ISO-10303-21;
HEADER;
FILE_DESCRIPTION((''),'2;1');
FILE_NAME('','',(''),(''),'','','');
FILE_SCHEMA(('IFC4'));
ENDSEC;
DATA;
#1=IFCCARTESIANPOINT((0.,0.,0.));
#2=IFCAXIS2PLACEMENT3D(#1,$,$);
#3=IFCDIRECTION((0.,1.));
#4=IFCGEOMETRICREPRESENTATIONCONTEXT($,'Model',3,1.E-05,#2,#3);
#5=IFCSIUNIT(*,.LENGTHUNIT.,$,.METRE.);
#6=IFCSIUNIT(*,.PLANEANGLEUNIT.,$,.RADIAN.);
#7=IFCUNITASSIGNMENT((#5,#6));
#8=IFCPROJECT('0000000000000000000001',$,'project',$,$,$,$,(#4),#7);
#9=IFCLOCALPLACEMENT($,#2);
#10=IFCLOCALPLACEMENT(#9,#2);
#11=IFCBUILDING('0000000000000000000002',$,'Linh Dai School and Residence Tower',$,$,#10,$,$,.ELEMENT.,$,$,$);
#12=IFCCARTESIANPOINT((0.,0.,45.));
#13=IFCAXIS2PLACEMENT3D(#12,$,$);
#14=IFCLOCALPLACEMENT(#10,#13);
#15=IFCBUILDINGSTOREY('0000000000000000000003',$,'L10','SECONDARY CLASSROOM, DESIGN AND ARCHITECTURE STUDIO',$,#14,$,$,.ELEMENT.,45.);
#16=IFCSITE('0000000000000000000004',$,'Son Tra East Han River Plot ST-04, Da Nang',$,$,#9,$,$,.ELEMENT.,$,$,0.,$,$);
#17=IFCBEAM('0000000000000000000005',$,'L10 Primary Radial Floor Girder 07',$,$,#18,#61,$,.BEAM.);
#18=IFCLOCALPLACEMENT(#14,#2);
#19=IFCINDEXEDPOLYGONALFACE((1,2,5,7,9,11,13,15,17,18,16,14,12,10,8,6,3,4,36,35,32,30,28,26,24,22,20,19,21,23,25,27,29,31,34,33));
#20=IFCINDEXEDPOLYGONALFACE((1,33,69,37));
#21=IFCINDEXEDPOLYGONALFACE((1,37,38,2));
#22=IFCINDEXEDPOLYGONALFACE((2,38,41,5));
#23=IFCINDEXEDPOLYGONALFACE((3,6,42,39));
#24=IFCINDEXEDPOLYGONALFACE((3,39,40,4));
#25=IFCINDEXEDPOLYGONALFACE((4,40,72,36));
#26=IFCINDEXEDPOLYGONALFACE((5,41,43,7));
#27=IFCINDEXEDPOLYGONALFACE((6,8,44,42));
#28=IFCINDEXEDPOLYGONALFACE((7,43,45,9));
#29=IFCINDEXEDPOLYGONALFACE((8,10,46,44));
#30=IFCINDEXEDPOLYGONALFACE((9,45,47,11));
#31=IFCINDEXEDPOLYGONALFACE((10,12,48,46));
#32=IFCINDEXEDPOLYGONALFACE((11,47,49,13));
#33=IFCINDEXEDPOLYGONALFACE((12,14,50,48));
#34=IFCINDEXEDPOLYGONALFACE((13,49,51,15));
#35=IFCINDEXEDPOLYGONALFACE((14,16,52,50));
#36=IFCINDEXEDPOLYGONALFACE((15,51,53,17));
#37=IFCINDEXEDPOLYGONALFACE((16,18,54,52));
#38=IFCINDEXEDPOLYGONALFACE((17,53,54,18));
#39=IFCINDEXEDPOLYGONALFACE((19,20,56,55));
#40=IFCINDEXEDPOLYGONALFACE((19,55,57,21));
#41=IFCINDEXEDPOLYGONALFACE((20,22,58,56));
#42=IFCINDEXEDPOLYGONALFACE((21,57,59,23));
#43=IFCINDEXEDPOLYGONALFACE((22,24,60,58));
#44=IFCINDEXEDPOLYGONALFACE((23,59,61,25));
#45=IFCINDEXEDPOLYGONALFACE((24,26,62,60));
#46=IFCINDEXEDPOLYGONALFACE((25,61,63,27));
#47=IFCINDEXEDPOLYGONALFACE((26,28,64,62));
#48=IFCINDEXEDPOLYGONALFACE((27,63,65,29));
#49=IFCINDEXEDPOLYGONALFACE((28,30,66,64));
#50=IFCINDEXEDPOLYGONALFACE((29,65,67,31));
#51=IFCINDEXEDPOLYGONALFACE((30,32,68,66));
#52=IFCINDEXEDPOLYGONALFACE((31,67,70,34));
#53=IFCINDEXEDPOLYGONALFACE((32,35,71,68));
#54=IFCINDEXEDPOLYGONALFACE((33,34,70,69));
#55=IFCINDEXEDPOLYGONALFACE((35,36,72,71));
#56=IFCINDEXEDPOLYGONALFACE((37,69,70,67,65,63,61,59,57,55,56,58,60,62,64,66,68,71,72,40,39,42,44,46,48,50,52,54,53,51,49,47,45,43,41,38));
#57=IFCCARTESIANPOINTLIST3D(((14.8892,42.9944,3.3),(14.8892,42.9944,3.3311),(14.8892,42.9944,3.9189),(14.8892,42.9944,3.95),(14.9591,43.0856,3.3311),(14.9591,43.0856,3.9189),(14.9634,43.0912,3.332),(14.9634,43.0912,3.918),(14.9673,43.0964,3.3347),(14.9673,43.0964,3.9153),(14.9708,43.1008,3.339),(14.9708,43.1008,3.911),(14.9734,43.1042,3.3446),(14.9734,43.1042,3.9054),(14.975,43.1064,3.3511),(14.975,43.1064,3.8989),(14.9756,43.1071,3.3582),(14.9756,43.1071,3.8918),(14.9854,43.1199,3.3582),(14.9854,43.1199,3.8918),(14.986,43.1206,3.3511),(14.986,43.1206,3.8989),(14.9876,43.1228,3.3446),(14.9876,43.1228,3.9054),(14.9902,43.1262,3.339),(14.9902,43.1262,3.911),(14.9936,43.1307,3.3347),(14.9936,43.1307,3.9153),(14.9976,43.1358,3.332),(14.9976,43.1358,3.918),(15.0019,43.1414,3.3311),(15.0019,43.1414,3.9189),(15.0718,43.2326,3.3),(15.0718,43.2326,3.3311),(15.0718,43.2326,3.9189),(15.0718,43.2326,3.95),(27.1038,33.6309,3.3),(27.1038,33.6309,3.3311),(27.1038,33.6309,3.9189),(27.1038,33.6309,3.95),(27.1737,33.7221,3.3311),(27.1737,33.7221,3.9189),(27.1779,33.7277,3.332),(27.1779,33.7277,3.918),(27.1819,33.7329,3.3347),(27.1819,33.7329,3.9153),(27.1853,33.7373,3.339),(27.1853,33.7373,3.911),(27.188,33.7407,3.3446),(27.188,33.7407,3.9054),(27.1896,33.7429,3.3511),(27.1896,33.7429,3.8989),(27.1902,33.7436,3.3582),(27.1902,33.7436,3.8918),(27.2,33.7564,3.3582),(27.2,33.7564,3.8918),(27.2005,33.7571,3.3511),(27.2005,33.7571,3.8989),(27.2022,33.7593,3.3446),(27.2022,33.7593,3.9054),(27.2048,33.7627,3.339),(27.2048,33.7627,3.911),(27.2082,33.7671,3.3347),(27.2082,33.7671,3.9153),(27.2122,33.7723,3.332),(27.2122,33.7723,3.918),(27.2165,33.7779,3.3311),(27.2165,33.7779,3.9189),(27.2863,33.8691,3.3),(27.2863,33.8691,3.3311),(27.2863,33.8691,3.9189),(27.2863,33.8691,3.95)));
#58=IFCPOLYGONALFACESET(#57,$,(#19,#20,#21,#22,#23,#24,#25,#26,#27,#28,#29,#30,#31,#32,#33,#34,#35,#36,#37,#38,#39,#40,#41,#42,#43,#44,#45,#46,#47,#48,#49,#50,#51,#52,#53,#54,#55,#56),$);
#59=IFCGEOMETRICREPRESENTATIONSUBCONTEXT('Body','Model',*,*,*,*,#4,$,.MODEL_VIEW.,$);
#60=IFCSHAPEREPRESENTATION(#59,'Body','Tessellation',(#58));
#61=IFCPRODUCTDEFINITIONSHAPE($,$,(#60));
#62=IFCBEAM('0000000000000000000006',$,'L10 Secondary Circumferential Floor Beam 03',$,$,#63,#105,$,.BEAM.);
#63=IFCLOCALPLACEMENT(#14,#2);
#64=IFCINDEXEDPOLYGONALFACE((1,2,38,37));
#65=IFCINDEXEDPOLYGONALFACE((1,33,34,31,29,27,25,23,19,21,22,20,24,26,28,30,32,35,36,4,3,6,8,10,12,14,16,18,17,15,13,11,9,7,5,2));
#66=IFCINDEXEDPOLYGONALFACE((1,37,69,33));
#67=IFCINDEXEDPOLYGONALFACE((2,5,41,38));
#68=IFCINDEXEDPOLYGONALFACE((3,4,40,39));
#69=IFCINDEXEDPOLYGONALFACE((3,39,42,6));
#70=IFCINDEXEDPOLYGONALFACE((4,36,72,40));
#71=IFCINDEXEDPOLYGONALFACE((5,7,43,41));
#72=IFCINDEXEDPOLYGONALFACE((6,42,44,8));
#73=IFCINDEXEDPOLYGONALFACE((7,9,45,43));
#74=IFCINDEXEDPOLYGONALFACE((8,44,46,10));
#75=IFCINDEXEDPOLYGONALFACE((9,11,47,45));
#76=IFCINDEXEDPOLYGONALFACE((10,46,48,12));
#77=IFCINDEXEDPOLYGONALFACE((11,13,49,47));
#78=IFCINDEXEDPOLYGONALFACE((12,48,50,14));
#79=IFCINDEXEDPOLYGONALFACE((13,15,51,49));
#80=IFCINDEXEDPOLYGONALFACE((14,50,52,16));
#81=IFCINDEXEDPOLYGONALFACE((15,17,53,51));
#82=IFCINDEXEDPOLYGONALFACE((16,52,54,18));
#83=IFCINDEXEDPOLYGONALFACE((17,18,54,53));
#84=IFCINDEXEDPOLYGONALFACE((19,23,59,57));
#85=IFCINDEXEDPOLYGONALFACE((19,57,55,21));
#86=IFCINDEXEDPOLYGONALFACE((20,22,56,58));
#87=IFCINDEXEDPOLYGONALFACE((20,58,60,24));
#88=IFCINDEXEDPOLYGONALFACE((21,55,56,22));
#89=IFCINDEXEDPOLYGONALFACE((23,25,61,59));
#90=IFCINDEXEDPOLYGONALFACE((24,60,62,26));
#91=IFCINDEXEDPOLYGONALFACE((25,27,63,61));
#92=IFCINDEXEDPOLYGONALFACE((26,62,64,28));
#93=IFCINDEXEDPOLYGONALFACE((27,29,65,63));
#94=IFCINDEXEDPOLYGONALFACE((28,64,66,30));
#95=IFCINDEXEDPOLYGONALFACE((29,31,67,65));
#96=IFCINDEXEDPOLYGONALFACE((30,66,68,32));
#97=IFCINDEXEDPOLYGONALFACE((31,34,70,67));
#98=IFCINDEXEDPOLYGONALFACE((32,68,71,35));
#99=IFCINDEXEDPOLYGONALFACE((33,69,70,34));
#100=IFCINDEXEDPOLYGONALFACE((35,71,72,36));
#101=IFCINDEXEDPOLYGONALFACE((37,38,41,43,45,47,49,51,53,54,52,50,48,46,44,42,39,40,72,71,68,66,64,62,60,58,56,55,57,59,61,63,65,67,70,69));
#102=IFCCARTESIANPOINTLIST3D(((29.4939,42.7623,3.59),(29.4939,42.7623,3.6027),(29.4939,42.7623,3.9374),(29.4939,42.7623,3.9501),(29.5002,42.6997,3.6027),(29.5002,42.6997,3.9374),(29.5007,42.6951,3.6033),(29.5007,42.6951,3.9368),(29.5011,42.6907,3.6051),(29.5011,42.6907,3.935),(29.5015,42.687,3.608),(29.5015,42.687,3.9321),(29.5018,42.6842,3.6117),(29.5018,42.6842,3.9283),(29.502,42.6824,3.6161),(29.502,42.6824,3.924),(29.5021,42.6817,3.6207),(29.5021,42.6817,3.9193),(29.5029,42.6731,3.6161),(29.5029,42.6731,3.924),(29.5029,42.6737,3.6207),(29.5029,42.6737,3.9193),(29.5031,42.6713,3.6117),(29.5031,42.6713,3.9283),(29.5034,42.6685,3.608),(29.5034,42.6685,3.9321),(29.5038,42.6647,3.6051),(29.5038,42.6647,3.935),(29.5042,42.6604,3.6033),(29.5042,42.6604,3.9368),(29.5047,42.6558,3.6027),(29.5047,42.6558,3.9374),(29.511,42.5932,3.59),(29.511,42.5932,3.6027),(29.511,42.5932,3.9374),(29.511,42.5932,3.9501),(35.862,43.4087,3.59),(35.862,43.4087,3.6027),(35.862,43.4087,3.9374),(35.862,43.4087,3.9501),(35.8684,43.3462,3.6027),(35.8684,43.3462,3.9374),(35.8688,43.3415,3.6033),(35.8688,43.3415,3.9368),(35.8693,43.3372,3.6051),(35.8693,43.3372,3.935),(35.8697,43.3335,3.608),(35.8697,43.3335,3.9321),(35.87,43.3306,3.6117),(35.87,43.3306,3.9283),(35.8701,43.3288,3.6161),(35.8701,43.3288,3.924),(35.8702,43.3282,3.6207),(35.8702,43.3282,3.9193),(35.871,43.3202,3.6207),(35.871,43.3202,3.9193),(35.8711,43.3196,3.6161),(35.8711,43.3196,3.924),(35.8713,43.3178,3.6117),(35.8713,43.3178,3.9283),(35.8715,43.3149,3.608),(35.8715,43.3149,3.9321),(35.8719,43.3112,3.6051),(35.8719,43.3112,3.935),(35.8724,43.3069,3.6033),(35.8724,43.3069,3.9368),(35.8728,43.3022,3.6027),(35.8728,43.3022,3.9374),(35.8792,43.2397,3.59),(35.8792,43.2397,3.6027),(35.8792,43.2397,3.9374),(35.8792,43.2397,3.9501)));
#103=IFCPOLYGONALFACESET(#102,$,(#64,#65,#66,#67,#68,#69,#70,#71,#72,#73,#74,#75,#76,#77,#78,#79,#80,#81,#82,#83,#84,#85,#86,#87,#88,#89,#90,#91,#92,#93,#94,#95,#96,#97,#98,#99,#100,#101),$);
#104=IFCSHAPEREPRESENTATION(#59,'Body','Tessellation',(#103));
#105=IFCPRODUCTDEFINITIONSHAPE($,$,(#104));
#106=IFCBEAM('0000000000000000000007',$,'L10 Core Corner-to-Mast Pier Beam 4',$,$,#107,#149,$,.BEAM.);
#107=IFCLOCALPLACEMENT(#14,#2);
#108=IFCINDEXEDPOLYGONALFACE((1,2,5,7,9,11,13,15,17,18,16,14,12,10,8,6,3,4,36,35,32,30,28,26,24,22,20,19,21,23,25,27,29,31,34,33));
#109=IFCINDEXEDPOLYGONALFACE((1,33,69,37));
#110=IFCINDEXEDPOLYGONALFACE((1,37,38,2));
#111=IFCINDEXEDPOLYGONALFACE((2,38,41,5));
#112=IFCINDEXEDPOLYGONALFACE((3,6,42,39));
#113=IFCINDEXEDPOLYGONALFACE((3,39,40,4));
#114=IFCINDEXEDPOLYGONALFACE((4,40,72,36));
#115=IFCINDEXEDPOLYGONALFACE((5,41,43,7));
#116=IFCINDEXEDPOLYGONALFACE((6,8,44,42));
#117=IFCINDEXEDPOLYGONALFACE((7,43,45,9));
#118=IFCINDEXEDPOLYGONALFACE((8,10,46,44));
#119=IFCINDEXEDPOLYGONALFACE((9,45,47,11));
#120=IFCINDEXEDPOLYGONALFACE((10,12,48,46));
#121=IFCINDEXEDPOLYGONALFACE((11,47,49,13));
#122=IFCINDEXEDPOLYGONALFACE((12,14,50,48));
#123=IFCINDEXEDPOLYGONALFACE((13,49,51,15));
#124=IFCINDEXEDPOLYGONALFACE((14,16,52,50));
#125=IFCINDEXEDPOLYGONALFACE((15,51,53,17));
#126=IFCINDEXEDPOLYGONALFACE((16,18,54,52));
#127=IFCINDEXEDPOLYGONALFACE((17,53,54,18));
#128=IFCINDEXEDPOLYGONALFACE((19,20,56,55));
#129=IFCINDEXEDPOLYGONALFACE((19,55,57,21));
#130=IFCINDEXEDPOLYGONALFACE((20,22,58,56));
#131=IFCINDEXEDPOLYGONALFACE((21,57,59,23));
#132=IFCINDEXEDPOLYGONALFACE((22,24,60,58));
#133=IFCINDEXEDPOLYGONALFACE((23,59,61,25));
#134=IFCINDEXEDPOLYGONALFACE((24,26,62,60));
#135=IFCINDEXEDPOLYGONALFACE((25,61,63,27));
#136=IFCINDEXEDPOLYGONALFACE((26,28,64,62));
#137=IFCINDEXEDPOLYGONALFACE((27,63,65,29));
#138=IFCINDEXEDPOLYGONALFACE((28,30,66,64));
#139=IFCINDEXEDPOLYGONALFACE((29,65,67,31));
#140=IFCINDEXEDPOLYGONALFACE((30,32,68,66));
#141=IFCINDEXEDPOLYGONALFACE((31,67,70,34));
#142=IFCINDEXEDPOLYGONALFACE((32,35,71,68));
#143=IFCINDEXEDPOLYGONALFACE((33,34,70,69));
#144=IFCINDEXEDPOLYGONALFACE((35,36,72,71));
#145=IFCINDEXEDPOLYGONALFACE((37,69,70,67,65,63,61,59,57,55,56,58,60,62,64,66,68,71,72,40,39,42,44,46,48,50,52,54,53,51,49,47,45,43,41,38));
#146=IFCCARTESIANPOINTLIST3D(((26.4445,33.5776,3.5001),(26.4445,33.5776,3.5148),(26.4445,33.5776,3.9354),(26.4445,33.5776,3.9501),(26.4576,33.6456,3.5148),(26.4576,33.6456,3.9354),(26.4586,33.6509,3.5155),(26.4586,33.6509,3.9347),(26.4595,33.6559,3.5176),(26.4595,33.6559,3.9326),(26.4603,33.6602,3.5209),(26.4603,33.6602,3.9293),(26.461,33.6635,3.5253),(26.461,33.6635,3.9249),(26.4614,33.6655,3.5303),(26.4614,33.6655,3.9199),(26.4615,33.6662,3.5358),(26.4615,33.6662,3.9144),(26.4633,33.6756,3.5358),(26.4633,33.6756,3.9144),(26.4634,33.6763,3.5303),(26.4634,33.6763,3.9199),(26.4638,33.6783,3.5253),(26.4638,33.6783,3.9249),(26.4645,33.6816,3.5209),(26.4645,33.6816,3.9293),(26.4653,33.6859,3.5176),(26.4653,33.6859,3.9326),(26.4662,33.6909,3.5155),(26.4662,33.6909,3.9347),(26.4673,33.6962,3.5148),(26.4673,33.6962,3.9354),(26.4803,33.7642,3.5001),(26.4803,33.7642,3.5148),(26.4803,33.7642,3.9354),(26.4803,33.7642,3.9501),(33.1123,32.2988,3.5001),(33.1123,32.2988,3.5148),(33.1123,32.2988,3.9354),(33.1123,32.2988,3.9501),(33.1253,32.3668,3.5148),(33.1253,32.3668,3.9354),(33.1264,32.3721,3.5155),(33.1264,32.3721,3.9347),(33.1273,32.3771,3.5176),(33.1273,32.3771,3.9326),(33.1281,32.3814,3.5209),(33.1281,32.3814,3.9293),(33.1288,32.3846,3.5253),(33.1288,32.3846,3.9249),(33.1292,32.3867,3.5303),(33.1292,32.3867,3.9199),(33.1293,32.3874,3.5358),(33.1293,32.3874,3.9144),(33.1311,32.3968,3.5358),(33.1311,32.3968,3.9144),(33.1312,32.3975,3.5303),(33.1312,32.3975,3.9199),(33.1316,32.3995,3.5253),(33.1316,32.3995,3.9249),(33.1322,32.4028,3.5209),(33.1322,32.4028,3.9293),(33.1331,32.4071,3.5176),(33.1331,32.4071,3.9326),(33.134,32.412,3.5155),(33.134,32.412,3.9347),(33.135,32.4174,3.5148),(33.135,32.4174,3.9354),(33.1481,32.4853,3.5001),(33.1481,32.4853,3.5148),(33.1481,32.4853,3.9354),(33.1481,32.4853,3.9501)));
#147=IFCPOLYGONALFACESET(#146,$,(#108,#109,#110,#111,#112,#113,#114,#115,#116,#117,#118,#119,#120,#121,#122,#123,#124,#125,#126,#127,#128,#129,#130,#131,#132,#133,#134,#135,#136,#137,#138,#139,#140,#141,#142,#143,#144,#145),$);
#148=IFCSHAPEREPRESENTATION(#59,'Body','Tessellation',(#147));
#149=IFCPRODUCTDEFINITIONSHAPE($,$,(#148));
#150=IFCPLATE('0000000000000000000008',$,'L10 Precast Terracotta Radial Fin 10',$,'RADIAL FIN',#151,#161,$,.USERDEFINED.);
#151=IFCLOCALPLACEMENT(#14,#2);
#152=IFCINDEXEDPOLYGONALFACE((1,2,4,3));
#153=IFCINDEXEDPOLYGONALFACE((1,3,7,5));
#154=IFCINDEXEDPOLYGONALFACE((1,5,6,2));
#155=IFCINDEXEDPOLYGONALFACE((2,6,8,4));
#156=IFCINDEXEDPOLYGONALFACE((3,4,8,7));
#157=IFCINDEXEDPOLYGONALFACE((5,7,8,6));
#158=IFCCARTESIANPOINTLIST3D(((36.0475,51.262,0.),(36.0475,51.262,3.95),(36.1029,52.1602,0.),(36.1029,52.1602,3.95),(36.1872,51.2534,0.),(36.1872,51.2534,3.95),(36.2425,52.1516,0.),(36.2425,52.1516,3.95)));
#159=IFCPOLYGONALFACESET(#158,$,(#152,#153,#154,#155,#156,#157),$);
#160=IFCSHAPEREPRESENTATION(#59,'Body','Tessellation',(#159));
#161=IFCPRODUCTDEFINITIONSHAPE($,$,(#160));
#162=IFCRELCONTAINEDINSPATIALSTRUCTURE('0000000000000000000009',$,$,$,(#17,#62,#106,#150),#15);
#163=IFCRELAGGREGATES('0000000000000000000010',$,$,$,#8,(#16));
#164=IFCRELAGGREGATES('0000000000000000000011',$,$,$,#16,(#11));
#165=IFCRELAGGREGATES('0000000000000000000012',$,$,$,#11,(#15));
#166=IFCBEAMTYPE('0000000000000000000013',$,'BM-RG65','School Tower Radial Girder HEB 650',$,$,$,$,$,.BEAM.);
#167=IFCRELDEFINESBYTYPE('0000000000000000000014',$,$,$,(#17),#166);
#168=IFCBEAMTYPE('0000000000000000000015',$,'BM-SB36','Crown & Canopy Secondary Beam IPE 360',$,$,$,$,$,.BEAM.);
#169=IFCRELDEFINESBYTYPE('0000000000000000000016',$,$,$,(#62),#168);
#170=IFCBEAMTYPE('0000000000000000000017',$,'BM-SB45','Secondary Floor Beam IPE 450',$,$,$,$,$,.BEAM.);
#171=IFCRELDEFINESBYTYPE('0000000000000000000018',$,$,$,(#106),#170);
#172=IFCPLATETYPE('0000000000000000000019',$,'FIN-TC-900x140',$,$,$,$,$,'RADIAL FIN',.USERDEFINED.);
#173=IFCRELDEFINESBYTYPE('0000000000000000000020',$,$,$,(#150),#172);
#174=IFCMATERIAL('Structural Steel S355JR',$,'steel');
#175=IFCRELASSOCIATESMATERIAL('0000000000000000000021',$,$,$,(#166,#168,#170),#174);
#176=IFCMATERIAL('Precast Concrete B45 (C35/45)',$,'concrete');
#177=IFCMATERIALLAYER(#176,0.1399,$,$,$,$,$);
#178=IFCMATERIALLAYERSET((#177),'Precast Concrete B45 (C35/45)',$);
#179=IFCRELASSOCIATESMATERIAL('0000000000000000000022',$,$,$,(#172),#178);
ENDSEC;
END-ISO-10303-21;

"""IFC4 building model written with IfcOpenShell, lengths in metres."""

from ifc_helpers import new_model, si_unit, direction, frame, origin, origin_2d, place, context, subcontext, project, spatial, rectangle, i_section, extrude, source, transform, mapped, material, layer, layer_set, material_profile, profile_set, type_object, element, save


model = new_model("IFC4")

# Units and contexts
model_context = context("Model", 3, precision=1e-05, world=origin(), true_north=direction((0.0, 1.0)))
body_context = subcontext(model_context, "Body", "Model", "MODEL_VIEW")
ifc_project = project(units=[si_unit("LENGTHUNIT", "METRE"), si_unit("PLANEANGLEUNIT", "RADIAN")], contexts=[model_context])

# Site, building, storey
site_placement = place(None, origin())
site = spatial("IfcSite", under=ifc_project, at=site_placement, Name="Son Tra East Han River Plot ST-04, Da Nang", CompositionType="ELEMENT", RefElevation=0.0)
building_placement = place(site_placement, origin())
building = spatial("IfcBuilding", under=site, at=building_placement, Name="Linh Dai School and Residence Tower", CompositionType="ELEMENT")
storey_placement = place(building_placement, frame((0.0, 0.0, 45.0)))
storey = spatial("IfcBuildingStorey", under=building, at=storey_placement, Name="L10", Description="SECONDARY CLASSROOM, DESIGN AND ARCHITECTURE STUDIO", CompositionType="ELEMENT", Elevation=45.0)

# Shared definitions
ifc_material_1 = material(Name="Structural Steel S355JR", Category="steel")

# Beams
ifc_material_profile_1 = material_profile(ifc_material_1, i_section(OverallWidth=0.3, OverallDepth=0.6499, WebThickness=0.0161, FlangeThickness=0.031, FilletRadius=0.0271, at=origin_2d()), Name="HEB 650")
ifc_profile_set_1 = profile_set([ifc_material_profile_1], Name="Structural Steel S355JR")
beam_type_1 = type_object("IfcBeamType", Name="BM-RG65", Description="School Tower Radial Girder HEB 650", PredefinedType="BEAM", material=ifc_profile_set_1)
beam_1_placement = place(storey_placement, frame((27.1951, 33.75, 3.625), z_axis=(-0.793638, 0.608391, 0.0), x_axis=(-0.608391, -0.793638, 0.0)))
element("IfcBeam", 1, at=beam_1_placement, inside=storey, type_object=beam_type_1, Name="L10 Primary Radial Floor Girder 07", PredefinedType="BEAM", context=body_context, shape_type="SweptSolid", body=[
    extrude(i_section(OverallWidth=0.3, OverallDepth=0.6499, WebThickness=0.0161, FlangeThickness=0.031, FilletRadius=0.0271, at=origin_2d()), origin(), (0.0, 0.0, 1.0), 15.3906),
])
ifc_material_profile_2 = material_profile(ifc_material_1, i_section(OverallWidth=0.1699, OverallDepth=0.3601, WebThickness=0.0081, FlangeThickness=0.0127, FilletRadius=0.0181, at=origin_2d()), Name="IPE 360")
ifc_profile_set_2 = profile_set([ifc_material_profile_2], Name="Structural Steel S355JR")
beam_type_2 = type_object("IfcBeamType", Name="BM-SB36", Description="Crown & Canopy Secondary Beam IPE 360", PredefinedType="BEAM", material=ifc_profile_set_2)
beam_2_placement = place(storey_placement, frame((35.8706, 43.3242, 3.77), z_axis=(-0.994887, -0.100999, 0.0), x_axis=(0.100999, -0.994887, 0.0)))
element("IfcBeam", 2, at=beam_2_placement, inside=storey, type_object=beam_type_2, Name="L10 Secondary Circumferential Floor Beam 03", PredefinedType="BEAM", context=body_context, shape_type="SweptSolid", body=[
    extrude(i_section(OverallWidth=0.1699, OverallDepth=0.3601, WebThickness=0.0081, FlangeThickness=0.0127, FilletRadius=0.0181, at=origin_2d()), origin(), (0.0, 0.0, 1.0), 6.4009),
])
ifc_material_profile_3 = material_profile(ifc_material_1, i_section(OverallWidth=0.1899, OverallDepth=0.45, WebThickness=0.0095, FlangeThickness=0.0146, FilletRadius=0.021, at=origin_2d()), Name="IPE 450")
ifc_profile_set_3 = profile_set([ifc_material_profile_3], Name="Structural Steel S355JR")
beam_type_3 = type_object("IfcBeamType", Name="BM-SB45", Description="Secondary Floor Beam IPE 450", PredefinedType="BEAM", material=ifc_profile_set_3)
beam_3_placement = place(storey_placement, frame((26.4624, 33.6709, 3.7251), z_axis=(0.9821, -0.188358, 0.0), x_axis=(0.188358, 0.9821, 0.0)))
element("IfcBeam", 3, at=beam_3_placement, inside=storey, type_object=beam_type_3, Name="L10 Core Corner-to-Mast Pier Beam 4", PredefinedType="BEAM", context=body_context, shape_type="SweptSolid", body=[
    extrude(i_section(OverallWidth=0.1899, OverallDepth=0.45, WebThickness=0.0095, FlangeThickness=0.0146, FilletRadius=0.021, at=origin_2d()), origin(), (0.0, 0.0, 1.0), 6.7893),
])

# Plate
ifc_material_2 = material(Name="Precast Concrete B45 (C35/45)", Category="concrete")
ifc_layer_1 = layer(ifc_material_2, 0.1399)
ifc_layer_set_1 = layer_set([ifc_layer_1], Name="Precast Concrete B45 (C35/45)")
plate_type = type_object("IfcPlateType", Name="FIN-TC-900x140", ElementType="RADIAL FIN", PredefinedType="USERDEFINED", material=ifc_layer_set_1)
shared_shape_1 = source(origin(), body_context, "Body", "SweptSolid", [
    extrude(rectangle(XDim=0.8999, YDim=0.1399, at=origin_2d()), origin(), (0.0, 0.0, 1.0), 3.95),
])
plate_placement = place(storey_placement, frame((36.145, 51.7068, 0.0), z_axis=(0.0, 0.0, 1.0), x_axis=(0.061507, 0.998107, 0.0)))
element("IfcPlate", 4, at=plate_placement, inside=storey, type_object=plate_type, Name="L10 Precast Terracotta Radial Fin 10", ObjectType="RADIAL FIN", PredefinedType="USERDEFINED", context=body_context, shape_type="MappedRepresentation", body=[
    mapped(shared_shape_1, transform((0.0, 0.0, 0.0), x_axis=(1.0, 0.0, 0.0), y_axis=(0.0, 1.0, 0.0), z_axis=(0.0, 0.0, 1.0), scale=1.0)),
])

save(model, "model.ifc")
